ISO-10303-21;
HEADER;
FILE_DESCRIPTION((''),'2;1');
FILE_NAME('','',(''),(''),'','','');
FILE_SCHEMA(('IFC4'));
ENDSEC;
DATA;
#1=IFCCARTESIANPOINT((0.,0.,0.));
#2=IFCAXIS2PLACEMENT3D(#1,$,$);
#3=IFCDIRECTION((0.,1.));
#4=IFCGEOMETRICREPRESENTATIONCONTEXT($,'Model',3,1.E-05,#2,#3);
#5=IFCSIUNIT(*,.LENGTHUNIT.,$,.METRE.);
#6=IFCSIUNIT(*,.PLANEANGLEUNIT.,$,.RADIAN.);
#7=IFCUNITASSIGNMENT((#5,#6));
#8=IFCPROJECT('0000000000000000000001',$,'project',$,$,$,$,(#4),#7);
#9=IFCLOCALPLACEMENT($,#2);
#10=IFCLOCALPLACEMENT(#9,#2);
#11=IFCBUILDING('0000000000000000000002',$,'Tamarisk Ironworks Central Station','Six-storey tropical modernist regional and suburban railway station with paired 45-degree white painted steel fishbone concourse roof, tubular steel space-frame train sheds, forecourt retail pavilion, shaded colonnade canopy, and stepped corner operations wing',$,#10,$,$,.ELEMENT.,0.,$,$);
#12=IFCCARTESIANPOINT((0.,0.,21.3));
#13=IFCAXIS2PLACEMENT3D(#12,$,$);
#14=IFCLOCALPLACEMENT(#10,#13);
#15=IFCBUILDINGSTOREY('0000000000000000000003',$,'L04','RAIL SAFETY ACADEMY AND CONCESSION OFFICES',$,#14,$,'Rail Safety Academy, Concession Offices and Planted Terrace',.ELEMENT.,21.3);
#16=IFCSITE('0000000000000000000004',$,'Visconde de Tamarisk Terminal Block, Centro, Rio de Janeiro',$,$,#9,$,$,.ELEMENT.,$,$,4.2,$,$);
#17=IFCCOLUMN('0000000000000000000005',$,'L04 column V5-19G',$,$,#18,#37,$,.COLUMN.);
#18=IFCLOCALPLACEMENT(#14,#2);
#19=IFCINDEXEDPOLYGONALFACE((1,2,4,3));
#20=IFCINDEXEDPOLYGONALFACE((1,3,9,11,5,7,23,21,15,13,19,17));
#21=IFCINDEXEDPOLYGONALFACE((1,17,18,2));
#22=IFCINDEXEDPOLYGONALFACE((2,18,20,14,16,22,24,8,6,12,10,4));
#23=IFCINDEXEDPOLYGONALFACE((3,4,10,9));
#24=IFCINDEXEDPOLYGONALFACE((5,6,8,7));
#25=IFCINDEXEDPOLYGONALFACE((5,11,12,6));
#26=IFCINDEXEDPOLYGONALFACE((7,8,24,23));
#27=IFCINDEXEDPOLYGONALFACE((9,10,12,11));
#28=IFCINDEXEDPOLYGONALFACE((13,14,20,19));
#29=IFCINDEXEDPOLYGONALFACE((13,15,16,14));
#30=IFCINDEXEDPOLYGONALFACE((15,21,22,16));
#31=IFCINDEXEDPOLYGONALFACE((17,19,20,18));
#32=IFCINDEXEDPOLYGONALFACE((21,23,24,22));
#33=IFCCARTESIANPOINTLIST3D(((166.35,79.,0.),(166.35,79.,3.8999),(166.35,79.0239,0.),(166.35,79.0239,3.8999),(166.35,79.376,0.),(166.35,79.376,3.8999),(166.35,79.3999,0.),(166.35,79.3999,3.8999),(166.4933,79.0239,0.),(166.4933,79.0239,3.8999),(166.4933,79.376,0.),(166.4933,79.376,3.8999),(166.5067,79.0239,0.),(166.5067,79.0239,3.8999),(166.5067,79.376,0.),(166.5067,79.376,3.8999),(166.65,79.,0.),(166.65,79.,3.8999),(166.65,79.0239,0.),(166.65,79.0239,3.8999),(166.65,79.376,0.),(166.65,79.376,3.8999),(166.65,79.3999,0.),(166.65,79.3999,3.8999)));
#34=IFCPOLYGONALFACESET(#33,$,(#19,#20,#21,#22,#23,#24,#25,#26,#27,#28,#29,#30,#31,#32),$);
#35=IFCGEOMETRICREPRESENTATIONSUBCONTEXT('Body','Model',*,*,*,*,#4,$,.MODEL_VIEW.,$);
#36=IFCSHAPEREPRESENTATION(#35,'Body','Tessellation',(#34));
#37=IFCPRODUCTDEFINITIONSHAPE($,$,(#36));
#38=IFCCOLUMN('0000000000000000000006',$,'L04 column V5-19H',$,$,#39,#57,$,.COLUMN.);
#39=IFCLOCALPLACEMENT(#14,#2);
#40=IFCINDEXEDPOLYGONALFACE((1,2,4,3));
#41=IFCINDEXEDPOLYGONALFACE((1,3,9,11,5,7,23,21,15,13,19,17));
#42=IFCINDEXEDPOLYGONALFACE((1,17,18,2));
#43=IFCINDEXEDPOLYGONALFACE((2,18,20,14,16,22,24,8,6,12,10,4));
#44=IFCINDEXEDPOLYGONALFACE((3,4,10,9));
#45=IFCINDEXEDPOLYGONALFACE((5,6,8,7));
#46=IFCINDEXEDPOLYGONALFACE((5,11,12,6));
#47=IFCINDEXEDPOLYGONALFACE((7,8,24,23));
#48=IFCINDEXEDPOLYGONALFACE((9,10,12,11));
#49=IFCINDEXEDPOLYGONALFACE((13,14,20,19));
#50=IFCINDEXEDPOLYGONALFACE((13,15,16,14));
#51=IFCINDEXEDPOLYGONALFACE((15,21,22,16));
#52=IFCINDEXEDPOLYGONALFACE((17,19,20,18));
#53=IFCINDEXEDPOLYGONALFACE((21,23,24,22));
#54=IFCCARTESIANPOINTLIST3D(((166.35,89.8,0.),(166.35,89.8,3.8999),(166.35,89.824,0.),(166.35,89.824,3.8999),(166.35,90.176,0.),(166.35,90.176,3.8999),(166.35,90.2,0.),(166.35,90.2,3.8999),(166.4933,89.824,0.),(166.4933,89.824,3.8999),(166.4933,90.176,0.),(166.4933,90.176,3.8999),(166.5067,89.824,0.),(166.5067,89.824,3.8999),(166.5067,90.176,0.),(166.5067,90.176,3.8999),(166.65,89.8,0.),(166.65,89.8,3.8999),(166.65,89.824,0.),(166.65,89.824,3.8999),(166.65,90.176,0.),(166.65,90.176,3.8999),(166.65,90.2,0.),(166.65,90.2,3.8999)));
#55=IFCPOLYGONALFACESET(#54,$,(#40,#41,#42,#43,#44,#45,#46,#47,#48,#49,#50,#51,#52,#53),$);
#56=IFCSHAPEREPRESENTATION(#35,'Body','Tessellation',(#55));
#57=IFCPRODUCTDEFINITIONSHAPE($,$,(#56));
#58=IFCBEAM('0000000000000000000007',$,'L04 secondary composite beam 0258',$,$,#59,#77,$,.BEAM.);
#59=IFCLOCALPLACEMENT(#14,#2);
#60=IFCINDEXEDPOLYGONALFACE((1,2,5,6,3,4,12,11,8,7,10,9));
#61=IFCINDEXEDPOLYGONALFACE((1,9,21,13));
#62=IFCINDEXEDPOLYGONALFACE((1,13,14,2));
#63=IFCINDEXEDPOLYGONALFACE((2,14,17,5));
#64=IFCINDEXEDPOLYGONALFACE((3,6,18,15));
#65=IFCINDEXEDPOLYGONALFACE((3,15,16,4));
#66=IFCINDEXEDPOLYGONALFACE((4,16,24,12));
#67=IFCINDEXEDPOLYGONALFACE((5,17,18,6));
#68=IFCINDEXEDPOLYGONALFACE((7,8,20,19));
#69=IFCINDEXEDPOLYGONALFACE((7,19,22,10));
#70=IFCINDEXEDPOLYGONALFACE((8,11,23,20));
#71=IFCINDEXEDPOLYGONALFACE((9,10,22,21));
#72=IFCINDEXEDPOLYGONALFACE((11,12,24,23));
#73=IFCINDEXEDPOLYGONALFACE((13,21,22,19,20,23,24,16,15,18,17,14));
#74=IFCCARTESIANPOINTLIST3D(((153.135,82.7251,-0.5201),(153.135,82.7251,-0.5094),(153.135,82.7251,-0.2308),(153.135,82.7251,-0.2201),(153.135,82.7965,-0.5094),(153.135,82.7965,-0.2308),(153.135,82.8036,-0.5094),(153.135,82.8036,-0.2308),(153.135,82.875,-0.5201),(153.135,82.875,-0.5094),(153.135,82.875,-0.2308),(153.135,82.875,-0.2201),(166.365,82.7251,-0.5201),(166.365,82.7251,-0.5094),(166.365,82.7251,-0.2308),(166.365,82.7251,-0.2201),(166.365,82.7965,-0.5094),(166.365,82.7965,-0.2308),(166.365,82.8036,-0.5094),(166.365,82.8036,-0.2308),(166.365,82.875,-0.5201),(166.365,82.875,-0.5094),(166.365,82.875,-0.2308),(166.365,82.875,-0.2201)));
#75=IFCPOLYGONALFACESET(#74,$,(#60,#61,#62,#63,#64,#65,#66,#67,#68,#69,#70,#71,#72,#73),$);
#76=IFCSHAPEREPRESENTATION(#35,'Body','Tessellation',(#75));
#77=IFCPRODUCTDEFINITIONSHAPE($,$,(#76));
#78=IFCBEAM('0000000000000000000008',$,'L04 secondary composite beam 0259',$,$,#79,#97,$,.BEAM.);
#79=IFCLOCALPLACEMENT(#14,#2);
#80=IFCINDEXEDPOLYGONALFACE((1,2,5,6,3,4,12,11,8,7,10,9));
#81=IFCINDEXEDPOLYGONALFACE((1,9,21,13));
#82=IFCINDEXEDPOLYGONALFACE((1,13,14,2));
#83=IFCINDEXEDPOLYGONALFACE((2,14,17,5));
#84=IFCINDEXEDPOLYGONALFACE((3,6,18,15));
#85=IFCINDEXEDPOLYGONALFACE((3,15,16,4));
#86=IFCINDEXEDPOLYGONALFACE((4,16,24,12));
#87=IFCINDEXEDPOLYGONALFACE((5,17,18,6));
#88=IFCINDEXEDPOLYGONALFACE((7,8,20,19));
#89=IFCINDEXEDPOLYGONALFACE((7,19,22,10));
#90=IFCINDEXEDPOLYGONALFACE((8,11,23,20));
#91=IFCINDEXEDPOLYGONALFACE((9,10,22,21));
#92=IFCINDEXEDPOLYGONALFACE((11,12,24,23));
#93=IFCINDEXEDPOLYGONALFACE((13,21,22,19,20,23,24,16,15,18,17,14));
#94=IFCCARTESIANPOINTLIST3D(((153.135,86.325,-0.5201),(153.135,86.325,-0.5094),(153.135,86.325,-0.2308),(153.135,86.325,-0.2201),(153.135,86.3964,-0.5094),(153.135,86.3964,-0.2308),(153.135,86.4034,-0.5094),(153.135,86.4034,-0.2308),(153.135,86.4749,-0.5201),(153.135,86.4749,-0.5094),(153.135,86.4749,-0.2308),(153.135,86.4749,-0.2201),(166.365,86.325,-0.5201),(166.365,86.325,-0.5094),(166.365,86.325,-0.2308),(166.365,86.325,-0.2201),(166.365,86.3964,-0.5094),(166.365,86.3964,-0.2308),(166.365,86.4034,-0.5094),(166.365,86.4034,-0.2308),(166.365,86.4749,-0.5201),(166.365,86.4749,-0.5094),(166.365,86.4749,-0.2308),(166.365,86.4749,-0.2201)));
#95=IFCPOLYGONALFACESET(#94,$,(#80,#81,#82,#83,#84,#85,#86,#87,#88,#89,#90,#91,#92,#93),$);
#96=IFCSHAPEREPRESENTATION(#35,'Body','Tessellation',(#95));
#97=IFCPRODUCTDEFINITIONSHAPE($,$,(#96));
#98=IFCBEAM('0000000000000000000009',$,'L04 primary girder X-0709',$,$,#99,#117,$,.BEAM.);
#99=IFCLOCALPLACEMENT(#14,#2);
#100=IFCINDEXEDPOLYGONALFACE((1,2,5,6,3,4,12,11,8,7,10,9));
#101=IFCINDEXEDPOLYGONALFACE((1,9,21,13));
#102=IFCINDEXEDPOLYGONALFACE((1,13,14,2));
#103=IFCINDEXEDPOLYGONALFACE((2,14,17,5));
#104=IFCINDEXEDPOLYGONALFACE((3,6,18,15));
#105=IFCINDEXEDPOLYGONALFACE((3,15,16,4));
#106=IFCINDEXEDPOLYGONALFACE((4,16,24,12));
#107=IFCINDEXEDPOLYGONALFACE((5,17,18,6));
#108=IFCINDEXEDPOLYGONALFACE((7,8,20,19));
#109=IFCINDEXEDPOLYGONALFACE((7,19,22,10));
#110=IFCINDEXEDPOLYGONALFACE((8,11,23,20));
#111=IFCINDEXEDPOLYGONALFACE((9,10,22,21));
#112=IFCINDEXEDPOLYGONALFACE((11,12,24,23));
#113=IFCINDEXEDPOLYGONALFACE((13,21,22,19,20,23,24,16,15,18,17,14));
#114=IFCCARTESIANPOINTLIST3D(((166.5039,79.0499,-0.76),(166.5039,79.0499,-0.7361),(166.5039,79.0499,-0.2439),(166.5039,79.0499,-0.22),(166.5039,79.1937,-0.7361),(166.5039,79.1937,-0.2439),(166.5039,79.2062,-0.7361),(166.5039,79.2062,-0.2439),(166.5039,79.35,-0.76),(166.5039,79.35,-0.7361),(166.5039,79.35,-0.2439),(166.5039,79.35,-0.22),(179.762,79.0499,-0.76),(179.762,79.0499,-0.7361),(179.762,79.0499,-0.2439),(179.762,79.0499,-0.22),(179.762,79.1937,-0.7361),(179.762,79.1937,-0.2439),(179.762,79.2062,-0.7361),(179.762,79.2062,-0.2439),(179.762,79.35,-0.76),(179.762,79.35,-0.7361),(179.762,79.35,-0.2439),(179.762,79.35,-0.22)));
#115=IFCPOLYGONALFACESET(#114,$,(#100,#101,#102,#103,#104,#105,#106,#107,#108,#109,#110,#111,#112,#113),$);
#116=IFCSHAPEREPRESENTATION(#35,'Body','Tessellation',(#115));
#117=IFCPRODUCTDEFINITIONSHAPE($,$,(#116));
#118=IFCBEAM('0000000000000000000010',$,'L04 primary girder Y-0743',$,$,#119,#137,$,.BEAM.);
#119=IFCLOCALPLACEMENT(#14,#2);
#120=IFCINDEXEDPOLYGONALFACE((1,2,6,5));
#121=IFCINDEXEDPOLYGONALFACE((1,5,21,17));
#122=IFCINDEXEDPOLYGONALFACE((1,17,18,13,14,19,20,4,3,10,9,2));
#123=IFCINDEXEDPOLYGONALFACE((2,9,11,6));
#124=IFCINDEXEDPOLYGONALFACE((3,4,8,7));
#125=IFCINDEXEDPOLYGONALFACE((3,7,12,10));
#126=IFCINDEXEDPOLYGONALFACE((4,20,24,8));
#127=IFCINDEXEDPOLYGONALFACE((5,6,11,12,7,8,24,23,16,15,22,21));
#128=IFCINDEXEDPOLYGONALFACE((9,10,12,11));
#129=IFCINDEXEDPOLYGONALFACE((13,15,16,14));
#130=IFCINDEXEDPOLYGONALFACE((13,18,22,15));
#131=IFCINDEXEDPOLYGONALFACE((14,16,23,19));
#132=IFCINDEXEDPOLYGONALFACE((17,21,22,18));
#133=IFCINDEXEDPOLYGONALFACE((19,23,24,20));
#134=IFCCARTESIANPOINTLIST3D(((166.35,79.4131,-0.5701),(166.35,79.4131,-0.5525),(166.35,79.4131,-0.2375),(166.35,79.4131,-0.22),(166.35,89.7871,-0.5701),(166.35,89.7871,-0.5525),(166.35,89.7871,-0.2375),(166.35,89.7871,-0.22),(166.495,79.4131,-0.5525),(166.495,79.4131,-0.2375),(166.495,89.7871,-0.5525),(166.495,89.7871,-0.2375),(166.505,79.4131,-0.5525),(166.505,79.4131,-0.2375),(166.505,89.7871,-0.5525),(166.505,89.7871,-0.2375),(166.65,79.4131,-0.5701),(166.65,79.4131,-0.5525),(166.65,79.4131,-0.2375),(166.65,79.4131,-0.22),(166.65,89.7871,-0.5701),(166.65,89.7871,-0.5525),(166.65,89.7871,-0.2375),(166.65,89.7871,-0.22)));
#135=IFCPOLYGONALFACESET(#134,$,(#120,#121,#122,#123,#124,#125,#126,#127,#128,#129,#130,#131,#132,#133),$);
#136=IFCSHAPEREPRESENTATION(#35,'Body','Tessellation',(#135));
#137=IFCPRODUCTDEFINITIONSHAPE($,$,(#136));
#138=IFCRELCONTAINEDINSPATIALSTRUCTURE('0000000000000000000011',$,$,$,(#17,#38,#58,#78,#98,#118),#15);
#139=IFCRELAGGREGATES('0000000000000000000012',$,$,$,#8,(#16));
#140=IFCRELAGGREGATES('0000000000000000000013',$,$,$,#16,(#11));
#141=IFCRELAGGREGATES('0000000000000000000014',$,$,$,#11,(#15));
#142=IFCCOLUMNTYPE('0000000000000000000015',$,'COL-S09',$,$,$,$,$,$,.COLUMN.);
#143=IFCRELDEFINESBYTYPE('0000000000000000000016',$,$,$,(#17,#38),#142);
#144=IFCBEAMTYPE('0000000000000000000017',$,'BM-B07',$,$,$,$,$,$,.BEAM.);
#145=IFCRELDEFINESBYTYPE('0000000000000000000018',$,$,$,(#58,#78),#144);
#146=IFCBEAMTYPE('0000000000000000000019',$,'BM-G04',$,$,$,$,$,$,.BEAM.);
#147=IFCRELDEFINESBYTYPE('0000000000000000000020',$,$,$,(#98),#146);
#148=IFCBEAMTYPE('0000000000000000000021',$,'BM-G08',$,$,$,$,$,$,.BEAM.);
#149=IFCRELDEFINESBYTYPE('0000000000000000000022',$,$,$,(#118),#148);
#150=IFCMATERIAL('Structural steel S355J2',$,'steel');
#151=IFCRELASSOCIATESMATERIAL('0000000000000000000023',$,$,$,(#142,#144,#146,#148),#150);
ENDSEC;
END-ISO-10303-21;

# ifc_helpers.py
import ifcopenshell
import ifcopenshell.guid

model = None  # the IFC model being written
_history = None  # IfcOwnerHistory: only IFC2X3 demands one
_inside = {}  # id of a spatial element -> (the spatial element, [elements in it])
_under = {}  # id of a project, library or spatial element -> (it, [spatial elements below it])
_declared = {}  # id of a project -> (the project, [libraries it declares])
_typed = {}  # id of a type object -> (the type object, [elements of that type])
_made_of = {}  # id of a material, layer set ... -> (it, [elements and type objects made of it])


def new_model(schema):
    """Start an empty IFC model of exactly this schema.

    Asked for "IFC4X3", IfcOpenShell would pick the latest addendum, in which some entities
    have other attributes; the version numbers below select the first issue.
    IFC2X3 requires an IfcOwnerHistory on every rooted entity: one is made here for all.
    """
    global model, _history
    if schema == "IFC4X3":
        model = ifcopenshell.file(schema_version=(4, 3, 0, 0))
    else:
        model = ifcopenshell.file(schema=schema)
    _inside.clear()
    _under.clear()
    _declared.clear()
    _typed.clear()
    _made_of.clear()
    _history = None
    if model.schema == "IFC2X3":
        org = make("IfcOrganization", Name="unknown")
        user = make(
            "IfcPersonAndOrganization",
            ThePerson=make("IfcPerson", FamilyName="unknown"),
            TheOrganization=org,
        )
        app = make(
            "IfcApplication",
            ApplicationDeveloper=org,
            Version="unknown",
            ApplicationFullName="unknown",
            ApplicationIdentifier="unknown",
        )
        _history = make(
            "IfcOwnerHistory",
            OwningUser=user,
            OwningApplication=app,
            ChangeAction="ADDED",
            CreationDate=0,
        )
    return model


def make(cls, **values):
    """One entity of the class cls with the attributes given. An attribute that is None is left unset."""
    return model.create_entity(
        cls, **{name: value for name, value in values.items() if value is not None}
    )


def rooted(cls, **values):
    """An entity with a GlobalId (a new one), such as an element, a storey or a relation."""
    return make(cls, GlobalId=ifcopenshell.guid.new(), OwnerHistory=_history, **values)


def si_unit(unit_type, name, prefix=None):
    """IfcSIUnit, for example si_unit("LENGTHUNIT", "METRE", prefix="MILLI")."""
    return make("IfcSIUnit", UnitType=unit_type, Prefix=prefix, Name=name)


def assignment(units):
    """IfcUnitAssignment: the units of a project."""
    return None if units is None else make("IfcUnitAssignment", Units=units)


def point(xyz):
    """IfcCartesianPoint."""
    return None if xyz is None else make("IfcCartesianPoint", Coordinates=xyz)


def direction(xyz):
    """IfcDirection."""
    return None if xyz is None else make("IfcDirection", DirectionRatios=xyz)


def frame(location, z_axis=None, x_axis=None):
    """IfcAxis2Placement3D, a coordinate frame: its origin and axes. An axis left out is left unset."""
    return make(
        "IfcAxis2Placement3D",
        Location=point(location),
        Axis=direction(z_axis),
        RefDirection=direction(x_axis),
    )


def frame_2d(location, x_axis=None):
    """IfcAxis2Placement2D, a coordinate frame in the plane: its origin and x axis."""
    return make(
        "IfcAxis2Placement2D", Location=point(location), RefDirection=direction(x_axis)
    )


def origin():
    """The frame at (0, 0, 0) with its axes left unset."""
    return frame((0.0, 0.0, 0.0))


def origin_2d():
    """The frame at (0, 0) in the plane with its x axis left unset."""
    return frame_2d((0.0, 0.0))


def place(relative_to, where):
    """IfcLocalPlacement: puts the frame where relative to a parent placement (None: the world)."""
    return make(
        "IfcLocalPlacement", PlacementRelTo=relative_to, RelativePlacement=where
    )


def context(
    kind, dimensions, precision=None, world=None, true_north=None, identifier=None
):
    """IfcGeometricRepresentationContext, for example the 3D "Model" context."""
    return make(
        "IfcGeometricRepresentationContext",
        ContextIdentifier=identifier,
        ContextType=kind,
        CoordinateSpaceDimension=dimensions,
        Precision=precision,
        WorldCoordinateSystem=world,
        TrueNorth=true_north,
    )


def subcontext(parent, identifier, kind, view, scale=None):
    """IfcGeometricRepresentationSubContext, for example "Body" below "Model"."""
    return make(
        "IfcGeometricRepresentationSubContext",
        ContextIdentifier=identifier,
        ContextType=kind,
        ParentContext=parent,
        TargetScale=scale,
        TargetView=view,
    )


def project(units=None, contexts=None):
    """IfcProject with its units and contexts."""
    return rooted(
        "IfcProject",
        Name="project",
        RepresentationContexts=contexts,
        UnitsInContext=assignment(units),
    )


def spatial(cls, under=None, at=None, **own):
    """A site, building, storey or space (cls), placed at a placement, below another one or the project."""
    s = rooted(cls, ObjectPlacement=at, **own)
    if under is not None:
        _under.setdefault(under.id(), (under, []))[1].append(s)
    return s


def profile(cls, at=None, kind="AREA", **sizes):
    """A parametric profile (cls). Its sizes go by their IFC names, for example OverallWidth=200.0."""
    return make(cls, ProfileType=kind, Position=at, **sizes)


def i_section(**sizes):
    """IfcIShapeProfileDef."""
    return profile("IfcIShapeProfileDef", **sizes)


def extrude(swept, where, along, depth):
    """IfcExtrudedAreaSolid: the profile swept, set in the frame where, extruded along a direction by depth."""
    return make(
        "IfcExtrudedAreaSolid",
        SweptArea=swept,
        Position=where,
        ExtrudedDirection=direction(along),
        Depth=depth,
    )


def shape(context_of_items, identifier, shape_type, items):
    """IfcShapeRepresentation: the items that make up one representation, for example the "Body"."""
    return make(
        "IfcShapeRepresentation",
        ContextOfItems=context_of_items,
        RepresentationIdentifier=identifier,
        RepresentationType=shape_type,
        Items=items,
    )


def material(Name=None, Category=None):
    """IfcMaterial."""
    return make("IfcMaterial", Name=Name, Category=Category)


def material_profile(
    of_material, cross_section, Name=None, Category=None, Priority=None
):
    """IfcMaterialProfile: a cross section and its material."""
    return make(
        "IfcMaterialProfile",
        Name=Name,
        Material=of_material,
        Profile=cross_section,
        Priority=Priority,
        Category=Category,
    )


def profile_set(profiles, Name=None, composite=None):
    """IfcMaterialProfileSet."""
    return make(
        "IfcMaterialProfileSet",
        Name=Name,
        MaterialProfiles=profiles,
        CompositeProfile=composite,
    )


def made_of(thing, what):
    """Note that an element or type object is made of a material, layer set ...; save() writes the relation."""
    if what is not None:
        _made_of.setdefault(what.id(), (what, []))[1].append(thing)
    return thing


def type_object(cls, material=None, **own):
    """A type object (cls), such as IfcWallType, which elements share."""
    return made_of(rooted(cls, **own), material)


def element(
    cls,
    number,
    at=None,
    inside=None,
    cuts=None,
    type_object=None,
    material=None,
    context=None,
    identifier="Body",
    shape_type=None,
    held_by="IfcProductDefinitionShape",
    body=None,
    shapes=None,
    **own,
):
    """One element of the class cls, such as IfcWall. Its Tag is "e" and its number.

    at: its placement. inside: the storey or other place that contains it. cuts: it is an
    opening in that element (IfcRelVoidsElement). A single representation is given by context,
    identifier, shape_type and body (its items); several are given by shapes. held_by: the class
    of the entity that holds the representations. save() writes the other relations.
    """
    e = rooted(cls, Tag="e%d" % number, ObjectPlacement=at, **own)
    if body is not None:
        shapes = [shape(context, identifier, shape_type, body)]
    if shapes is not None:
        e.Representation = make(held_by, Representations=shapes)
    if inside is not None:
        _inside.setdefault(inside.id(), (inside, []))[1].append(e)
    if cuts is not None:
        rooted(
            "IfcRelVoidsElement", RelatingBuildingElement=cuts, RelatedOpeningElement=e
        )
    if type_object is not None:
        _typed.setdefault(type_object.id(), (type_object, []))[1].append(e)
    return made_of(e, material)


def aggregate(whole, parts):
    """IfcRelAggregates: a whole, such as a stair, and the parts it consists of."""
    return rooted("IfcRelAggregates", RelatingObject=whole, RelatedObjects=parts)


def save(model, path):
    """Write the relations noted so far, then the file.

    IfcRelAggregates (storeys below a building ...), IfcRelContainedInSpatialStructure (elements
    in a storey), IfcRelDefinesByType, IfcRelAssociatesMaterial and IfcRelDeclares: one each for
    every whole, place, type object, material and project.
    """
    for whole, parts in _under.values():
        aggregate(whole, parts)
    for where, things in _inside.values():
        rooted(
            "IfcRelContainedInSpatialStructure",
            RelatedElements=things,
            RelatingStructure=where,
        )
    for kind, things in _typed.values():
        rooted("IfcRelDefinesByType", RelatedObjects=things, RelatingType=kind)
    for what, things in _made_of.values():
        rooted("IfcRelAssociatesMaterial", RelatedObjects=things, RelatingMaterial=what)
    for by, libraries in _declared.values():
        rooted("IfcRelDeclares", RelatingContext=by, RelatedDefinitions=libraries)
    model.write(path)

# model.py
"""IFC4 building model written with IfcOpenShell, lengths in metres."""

from ifc_helpers import new_model, si_unit, direction, frame, origin, origin_2d, place, context, subcontext, project, spatial, i_section, extrude, material, material_profile, profile_set, type_object, element, save


model = new_model("IFC4")

# Units and contexts
model_context = context("Model", 3, precision=1e-05, world=origin(), true_north=direction((0.0, 1.0)))
body_context = subcontext(model_context, "Body", "Model", "MODEL_VIEW")
ifc_project = project(units=[si_unit("LENGTHUNIT", "METRE"), si_unit("PLANEANGLEUNIT", "RADIAN")], contexts=[model_context])

# Site, building, storey
site_placement = place(None, origin())
site = spatial("IfcSite", under=ifc_project, at=site_placement, Name="Visconde de Tamarisk Terminal Block, Centro, Rio de Janeiro", CompositionType="ELEMENT", RefElevation=4.2)
building_placement = place(site_placement, origin())
building = spatial("IfcBuilding", under=site, at=building_placement, Name="Tamarisk Ironworks Central Station", Description="Six-storey tropical modernist regional and suburban railway station with paired 45-degree white painted steel fishbone concourse roof, tubular steel space-frame train sheds, forecourt retail pavilion, shaded colonnade canopy, and stepped corner operations wing", CompositionType="ELEMENT", ElevationOfRefHeight=0.0)
storey_placement = place(building_placement, frame((0.0, 0.0, 21.3)))
storey = spatial("IfcBuildingStorey", under=building, at=storey_placement, Name="L04", Description="RAIL SAFETY ACADEMY AND CONCESSION OFFICES", LongName="Rail Safety Academy, Concession Offices and Planted Terrace", CompositionType="ELEMENT", Elevation=21.3)

# Columns
ifc_material_1 = material(Name="Structural steel S355J2", Category="steel")
ifc_material_profile_1 = material_profile(ifc_material_1, i_section(OverallWidth=0.3, OverallDepth=0.3999, WebThickness=0.0134, FlangeThickness=0.0239, at=origin_2d()), Name="HEB 400")
ifc_profile_set_1 = profile_set([ifc_material_profile_1], Name="Structural steel S355J2")
column_type = type_object("IfcColumnType", Name="COL-S09", PredefinedType="COLUMN", material=ifc_profile_set_1)
for number, where, z_axis, x_axis, name in (
    (1, (166.5, 79.2, 0.0), (0.0, 0.0, 1.0), (1.0, 0.0, 0.0), "L04 column V5-19G"),
    (2, (166.5, 90.0, 0.0), (0.0, 0.0, 1.0), (1.0, 0.0, 0.0), "L04 column V5-19H"),
):
    element("IfcColumn", number, at=place(storey_placement, frame(where, z_axis=z_axis, x_axis=x_axis)), inside=storey, type_object=column_type, Name=name, PredefinedType="COLUMN", context=body_context, shape_type="SweptSolid", body=[
        extrude(i_section(OverallWidth=0.3, OverallDepth=0.3999, WebThickness=0.0134, FlangeThickness=0.0239, at=origin_2d()), origin(), (0.0, 0.0, 1.0), 3.8999),
    ])

# Beams
ifc_material_profile_2 = material_profile(ifc_material_1, i_section(OverallWidth=0.1499, OverallDepth=0.3, WebThickness=0.0071, FlangeThickness=0.0107, at=origin_2d()), Name="IPE 300")
ifc_profile_set_2 = profile_set([ifc_material_profile_2], Name="Structural steel S355J2")
beam_type_1 = type_object("IfcBeamType", Name="BM-B07", PredefinedType="BEAM", material=ifc_profile_set_2)
for number, where, z_axis, x_axis, name in (
    (3, (153.135, 82.8, -0.3701), (1.0, 0.0, 0.0), (0.0, 1.0, 0.0), "L04 secondary composite beam 0258"),
    (4, (153.135, 86.3999, -0.3701), (1.0, 0.0, 0.0), (0.0, 1.0, 0.0), "L04 secondary composite beam 0259"),
):
    element("IfcBeam", number, at=place(storey_placement, frame(where, z_axis=z_axis, x_axis=x_axis)), inside=storey, type_object=beam_type_1, Name=name, PredefinedType="BEAM", context=body_context, shape_type="SweptSolid", body=[
        extrude(i_section(OverallWidth=0.1499, OverallDepth=0.3, WebThickness=0.0071, FlangeThickness=0.0107, at=origin_2d()), origin(), (0.0, 0.0, 1.0), 13.23),
    ])
ifc_material_profile_3 = material_profile(ifc_material_1, i_section(OverallWidth=0.3, OverallDepth=0.54, WebThickness=0.0125, FlangeThickness=0.0239, at=origin_2d()), Name="HEA 550")
ifc_profile_set_3 = profile_set([ifc_material_profile_3], Name="Structural steel S355J2")
beam_type_2 = type_object("IfcBeamType", Name="BM-G04", PredefinedType="BEAM", material=ifc_profile_set_3)
beam_1_placement = place(storey_placement, frame((166.5039, 79.2, -0.49), z_axis=(1.0, 0.0, 0.0), x_axis=(0.0, 1.0, 0.0)))
element("IfcBeam", 5, at=beam_1_placement, inside=storey, type_object=beam_type_2, Name="L04 primary girder X-0709", PredefinedType="BEAM", context=body_context, shape_type="SweptSolid", body=[
    extrude(i_section(OverallWidth=0.3, OverallDepth=0.54, WebThickness=0.0125, FlangeThickness=0.0239, at=origin_2d()), origin(), (0.0, 0.0, 1.0), 13.2581),
])
ifc_material_profile_4 = material_profile(ifc_material_1, i_section(OverallWidth=0.3, OverallDepth=0.3501, WebThickness=0.01, FlangeThickness=0.0176, at=origin_2d()), Name="HEA 360")
ifc_profile_set_4 = profile_set([ifc_material_profile_4], Name="Structural steel S355J2")
beam_type_3 = type_object("IfcBeamType", Name="BM-G08", PredefinedType="BEAM", material=ifc_profile_set_4)
beam_2_placement = place(storey_placement, frame((166.5, 79.4131, -0.395), z_axis=(0.0, 1.0, 0.0), x_axis=(-1.0, 0.0, 0.0)))
element("IfcBeam", 6, at=beam_2_placement, inside=storey, type_object=beam_type_3, Name="L04 primary girder Y-0743", PredefinedType="BEAM", context=body_context, shape_type="SweptSolid", body=[
    extrude(i_section(OverallWidth=0.3, OverallDepth=0.3501, WebThickness=0.01, FlangeThickness=0.0176, at=origin_2d()), origin(), (0.0, 0.0, 1.0), 10.374),
])

save(model, "model.ifc")
